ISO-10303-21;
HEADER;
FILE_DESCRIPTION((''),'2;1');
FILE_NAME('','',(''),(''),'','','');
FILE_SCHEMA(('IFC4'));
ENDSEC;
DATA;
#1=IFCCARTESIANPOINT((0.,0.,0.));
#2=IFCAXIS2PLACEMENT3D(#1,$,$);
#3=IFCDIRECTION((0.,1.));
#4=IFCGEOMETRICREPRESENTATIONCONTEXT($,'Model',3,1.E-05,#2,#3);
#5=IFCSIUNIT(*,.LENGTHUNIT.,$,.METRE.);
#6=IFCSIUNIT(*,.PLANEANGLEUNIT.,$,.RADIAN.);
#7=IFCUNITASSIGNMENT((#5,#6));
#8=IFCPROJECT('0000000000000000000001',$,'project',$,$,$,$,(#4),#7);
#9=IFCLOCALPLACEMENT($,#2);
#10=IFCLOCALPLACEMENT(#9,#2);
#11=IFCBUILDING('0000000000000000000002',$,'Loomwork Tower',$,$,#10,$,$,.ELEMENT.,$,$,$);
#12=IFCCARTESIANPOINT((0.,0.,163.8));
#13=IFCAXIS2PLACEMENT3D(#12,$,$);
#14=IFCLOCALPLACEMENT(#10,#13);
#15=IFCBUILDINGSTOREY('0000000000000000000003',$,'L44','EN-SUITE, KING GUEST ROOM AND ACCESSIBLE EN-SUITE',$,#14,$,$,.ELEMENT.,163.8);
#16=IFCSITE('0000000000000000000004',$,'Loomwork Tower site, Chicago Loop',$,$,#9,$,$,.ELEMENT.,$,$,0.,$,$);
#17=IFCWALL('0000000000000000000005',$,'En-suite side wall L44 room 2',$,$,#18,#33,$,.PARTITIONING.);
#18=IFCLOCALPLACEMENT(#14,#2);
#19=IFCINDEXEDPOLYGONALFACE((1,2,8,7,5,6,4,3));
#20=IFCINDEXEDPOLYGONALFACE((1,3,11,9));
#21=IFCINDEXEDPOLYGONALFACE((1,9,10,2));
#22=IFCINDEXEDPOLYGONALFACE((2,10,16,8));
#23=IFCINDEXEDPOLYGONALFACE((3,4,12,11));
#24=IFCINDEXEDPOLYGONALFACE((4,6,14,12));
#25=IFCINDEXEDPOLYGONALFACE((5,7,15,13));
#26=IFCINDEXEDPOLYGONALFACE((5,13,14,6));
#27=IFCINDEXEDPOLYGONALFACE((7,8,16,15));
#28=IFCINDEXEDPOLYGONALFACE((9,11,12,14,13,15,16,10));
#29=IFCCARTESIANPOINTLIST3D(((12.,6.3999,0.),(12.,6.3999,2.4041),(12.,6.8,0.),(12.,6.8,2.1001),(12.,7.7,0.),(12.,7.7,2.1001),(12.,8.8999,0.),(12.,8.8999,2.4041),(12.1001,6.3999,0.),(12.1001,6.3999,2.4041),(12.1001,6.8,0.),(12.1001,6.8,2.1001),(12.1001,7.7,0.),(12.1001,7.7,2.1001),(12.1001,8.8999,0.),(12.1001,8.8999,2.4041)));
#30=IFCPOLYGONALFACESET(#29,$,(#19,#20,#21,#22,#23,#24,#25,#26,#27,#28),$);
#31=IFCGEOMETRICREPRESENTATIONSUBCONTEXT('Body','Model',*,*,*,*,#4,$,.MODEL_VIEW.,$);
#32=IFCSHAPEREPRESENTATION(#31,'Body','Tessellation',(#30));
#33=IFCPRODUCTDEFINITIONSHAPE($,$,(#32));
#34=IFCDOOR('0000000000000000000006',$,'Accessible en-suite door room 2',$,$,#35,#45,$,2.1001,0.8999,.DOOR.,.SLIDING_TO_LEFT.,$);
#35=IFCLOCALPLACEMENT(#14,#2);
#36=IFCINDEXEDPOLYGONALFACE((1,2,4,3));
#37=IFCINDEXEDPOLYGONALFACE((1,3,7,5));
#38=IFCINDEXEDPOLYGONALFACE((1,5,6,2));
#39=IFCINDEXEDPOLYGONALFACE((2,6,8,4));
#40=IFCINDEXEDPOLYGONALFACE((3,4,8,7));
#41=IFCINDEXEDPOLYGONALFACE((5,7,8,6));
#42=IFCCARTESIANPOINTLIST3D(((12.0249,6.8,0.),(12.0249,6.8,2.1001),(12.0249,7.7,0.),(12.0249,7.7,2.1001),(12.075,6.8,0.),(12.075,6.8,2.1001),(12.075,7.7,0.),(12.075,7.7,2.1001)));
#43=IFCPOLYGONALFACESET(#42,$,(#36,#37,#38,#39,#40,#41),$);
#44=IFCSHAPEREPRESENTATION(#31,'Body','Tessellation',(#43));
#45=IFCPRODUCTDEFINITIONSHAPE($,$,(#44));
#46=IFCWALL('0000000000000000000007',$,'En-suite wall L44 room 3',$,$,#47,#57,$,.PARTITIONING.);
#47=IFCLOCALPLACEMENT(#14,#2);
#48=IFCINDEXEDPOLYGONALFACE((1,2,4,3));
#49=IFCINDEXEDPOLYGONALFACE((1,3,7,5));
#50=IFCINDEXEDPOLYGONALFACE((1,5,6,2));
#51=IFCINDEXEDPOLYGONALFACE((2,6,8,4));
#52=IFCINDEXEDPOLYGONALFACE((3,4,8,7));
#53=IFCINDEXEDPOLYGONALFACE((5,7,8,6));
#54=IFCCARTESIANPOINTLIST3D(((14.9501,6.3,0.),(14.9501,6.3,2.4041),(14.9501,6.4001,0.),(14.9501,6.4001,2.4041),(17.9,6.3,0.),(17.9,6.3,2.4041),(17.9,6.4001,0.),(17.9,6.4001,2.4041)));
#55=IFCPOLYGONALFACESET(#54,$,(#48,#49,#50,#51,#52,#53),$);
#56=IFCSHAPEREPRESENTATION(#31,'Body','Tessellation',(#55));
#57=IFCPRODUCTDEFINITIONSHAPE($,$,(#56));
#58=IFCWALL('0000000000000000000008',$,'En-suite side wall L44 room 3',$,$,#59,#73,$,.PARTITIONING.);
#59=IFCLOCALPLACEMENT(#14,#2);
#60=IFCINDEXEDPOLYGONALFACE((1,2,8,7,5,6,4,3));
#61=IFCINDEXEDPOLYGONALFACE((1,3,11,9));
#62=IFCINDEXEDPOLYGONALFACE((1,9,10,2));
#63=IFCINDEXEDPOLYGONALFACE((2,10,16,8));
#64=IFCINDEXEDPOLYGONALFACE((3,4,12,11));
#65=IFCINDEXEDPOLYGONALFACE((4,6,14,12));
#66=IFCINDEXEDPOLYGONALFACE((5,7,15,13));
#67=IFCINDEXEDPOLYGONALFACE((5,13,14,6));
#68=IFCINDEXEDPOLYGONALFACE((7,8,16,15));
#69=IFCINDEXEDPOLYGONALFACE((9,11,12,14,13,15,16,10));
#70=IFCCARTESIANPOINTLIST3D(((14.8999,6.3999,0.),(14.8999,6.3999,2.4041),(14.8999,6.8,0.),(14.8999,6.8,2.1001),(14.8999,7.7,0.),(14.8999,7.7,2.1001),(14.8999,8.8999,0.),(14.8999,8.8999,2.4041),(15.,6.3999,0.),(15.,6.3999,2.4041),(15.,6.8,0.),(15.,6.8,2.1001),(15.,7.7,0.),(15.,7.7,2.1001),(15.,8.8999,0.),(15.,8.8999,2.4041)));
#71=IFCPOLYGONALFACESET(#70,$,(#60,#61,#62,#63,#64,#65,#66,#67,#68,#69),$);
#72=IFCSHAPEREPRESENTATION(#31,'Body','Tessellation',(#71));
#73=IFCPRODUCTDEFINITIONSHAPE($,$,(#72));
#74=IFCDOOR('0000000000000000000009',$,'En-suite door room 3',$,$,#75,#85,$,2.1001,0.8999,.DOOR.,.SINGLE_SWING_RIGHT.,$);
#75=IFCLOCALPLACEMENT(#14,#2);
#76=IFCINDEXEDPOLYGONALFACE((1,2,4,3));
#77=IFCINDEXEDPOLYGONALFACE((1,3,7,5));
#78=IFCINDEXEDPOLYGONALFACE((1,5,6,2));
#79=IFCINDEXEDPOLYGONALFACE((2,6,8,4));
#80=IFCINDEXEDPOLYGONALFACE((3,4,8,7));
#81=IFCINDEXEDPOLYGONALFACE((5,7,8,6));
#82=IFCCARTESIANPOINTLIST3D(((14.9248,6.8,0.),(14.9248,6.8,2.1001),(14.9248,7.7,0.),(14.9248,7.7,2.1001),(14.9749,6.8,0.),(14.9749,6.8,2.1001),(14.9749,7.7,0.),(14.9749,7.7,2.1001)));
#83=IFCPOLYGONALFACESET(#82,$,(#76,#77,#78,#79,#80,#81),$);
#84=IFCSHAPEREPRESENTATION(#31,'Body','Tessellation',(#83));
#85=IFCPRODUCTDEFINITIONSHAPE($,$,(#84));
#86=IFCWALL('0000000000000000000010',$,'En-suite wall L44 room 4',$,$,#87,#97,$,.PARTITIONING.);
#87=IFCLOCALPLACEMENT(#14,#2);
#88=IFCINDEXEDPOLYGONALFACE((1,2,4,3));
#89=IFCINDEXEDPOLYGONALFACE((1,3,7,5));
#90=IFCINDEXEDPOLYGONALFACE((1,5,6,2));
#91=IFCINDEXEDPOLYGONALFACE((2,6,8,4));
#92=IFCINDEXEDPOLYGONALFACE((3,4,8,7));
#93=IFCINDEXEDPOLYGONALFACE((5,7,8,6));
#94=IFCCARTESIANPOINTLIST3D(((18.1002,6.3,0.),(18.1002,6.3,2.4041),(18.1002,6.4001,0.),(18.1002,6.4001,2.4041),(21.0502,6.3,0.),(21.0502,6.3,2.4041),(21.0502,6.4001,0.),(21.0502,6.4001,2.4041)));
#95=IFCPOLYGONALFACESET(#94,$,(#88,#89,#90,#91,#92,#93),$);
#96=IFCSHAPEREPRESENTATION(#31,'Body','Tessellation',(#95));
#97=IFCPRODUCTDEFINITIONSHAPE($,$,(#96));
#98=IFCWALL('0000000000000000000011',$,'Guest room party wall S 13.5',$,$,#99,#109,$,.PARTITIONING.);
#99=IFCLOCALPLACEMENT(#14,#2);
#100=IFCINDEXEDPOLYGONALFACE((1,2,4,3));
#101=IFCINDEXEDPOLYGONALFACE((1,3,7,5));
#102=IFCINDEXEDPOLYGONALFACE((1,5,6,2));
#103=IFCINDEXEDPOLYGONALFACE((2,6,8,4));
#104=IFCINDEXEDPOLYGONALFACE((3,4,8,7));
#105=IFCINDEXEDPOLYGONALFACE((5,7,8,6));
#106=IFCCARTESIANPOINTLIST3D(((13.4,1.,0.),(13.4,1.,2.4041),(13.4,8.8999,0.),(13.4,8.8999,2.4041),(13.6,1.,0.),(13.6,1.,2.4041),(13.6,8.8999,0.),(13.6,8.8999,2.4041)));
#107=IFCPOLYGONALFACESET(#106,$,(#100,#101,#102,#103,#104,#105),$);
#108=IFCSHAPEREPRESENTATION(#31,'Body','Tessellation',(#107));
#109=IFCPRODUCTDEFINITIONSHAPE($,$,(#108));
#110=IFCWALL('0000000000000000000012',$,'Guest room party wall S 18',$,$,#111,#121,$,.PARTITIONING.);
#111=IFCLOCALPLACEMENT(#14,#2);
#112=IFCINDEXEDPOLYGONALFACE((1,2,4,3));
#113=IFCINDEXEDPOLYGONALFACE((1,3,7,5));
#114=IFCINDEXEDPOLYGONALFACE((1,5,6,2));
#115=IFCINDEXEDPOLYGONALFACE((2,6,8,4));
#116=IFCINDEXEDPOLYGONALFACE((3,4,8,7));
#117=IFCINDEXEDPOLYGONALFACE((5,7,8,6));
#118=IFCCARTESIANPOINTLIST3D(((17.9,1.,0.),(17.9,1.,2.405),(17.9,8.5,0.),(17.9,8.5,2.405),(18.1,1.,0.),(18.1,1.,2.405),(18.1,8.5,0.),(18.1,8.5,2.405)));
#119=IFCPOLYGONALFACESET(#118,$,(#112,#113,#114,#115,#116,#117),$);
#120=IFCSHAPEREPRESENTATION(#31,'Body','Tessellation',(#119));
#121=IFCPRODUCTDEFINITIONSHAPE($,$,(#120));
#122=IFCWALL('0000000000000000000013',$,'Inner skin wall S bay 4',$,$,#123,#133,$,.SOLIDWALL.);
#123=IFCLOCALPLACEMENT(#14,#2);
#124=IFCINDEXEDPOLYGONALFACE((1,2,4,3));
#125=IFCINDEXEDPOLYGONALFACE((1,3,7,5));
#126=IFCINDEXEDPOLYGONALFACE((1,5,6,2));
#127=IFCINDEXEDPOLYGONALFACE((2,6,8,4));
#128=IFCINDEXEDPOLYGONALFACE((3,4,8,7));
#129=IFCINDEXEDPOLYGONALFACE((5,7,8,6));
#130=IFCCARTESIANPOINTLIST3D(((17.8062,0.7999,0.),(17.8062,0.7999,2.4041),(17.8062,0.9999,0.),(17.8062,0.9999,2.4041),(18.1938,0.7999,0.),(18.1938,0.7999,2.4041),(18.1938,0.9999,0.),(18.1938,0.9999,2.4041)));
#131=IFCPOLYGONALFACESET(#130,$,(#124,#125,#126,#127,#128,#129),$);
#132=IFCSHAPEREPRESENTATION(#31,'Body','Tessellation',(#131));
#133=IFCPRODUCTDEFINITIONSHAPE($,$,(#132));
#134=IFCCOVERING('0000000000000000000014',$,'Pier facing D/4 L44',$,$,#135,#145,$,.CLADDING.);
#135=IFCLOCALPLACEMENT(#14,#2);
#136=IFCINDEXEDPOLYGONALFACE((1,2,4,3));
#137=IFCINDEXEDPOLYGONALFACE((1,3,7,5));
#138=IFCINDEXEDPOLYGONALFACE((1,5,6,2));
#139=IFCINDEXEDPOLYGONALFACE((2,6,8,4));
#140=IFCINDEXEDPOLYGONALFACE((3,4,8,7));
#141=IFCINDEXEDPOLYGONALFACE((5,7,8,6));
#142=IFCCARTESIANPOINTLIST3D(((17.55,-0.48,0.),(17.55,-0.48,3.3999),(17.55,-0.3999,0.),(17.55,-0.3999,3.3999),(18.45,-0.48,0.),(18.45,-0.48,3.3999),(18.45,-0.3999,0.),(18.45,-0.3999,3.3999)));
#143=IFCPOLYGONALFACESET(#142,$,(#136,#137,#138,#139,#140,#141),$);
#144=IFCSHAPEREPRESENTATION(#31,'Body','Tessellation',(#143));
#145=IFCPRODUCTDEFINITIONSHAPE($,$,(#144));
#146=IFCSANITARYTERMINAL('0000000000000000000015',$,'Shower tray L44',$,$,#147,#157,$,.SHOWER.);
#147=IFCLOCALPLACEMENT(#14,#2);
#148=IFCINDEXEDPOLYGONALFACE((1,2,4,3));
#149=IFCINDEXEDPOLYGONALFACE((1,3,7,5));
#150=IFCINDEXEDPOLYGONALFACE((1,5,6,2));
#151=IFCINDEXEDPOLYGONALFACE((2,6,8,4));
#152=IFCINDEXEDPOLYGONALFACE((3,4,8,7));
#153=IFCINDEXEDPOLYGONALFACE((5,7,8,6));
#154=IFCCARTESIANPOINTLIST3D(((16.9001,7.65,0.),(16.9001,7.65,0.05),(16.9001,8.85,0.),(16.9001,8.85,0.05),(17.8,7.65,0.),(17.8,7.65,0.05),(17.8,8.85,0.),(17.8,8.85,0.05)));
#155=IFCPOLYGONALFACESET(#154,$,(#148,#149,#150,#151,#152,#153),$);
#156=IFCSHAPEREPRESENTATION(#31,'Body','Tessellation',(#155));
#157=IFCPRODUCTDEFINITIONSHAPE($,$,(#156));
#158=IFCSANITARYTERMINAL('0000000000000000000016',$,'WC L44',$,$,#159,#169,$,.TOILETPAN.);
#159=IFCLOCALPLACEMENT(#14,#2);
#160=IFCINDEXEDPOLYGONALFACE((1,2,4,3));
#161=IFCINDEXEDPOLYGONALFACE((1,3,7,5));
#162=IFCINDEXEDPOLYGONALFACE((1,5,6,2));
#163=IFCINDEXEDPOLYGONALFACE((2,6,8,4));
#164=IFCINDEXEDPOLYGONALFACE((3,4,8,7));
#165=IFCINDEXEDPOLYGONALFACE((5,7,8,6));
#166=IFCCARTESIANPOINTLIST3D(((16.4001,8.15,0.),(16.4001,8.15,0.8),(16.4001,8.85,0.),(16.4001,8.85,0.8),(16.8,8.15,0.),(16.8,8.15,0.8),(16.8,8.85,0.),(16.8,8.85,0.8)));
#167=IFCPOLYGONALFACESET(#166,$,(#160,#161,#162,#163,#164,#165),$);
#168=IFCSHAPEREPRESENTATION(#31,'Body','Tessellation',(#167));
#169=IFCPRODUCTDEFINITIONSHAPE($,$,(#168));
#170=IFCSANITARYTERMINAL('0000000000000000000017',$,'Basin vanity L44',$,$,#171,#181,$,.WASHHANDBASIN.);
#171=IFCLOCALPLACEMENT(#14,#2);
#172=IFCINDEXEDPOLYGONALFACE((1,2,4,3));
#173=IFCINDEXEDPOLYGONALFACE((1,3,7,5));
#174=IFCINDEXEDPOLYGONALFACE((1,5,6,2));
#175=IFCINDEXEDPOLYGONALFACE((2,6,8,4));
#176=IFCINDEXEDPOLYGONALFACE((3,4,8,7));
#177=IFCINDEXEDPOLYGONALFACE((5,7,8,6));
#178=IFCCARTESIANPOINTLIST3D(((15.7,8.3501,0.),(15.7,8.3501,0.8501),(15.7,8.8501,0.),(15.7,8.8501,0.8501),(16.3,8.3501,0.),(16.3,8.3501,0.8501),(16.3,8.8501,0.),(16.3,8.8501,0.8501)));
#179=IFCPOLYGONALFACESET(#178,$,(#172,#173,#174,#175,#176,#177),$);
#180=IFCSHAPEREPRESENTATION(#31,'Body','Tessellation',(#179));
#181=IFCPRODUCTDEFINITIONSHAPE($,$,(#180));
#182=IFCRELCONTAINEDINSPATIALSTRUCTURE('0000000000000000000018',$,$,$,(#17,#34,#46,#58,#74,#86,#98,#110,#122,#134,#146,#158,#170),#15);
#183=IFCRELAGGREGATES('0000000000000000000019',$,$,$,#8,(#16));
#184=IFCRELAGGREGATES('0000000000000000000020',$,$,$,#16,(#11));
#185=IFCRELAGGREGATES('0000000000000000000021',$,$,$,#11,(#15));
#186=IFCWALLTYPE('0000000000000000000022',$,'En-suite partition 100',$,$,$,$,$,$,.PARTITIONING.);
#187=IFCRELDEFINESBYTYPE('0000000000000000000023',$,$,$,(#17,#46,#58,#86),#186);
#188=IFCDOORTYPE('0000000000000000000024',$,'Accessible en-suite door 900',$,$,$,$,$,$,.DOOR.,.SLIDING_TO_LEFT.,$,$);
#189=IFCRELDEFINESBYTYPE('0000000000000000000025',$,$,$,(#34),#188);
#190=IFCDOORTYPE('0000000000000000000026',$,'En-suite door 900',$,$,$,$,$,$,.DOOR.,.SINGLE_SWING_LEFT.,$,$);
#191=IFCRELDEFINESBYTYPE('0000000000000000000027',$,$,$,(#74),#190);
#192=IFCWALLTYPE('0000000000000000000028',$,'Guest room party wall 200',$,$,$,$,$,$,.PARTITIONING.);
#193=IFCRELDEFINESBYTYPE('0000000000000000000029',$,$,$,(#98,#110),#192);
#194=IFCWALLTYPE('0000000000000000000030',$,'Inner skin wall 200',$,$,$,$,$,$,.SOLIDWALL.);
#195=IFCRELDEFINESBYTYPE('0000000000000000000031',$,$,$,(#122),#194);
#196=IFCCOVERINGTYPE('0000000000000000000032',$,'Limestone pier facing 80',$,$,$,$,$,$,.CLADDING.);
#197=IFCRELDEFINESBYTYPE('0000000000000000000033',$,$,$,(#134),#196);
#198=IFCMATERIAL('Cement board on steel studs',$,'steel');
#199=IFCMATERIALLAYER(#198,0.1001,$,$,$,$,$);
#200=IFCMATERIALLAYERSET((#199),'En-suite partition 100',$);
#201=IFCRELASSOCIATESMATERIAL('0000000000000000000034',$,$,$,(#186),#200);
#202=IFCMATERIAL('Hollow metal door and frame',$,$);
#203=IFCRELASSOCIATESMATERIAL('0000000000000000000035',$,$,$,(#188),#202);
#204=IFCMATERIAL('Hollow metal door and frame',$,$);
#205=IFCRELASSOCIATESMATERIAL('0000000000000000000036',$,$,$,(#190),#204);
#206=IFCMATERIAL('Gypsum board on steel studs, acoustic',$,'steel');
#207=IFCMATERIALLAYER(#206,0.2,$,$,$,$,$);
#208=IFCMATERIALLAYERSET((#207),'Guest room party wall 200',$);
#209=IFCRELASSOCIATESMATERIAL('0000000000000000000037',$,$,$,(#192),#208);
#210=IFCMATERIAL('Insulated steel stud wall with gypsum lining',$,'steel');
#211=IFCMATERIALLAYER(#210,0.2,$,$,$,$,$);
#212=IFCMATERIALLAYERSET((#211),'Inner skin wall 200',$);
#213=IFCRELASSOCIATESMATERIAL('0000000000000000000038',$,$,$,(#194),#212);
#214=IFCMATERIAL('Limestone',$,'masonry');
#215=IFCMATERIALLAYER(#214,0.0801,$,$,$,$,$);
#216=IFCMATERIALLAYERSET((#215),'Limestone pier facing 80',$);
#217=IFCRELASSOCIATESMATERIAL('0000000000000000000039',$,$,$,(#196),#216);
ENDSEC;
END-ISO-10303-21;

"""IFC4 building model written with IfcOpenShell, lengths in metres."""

from ifc_helpers import new_model, si_unit, direction, frame, frame_2d, origin, origin_2d, place, context, subcontext, project, spatial, rectangle, extrude, material, layer, layer_set, type_object, element, fill, save


model = new_model("IFC4")

# Units and contexts
model_context = context("Model", 3, precision=1e-05, world=origin(), true_north=direction((0.0, 1.0)))
body_context = subcontext(model_context, "Body", "Model", "MODEL_VIEW")
ifc_project = project(units=[si_unit("LENGTHUNIT", "METRE"), si_unit("PLANEANGLEUNIT", "RADIAN")], contexts=[model_context])

# Site, building, storey
site_placement = place(None, origin())
site = spatial("IfcSite", under=ifc_project, at=site_placement, Name="Loomwork Tower site, Chicago Loop", CompositionType="ELEMENT", RefElevation=0.0)
building_placement = place(site_placement, origin())
building = spatial("IfcBuilding", under=site, at=building_placement, Name="Loomwork Tower", CompositionType="ELEMENT")
storey_placement = place(building_placement, frame((0.0, 0.0, 163.8)))
storey = spatial("IfcBuildingStorey", under=building, at=storey_placement, Name="L44", Description="EN-SUITE, KING GUEST ROOM AND ACCESSIBLE EN-SUITE", CompositionType="ELEMENT", Elevation=163.8)

# Wall, opening, door
ifc_material_1 = material(Name="Cement board on steel studs", Category="steel")
ifc_layer_1 = layer(ifc_material_1, 0.1001)
ifc_layer_set_1 = layer_set([ifc_layer_1], Name="En-suite partition 100")
wall_type_1 = type_object("IfcWallType", Name="En-suite partition 100", PredefinedType="PARTITIONING", material=ifc_layer_set_1)
wall_1_placement = place(storey_placement, frame((12.05, 8.8999, 0.0), z_axis=(0.0, 0.0, 1.0), x_axis=(0.0, -1.0, 0.0)))
wall_1 = element("IfcWall", 1, at=wall_1_placement, inside=storey, type_object=wall_type_1, Name="En-suite side wall L44 room 2", PredefinedType="PARTITIONING", context=body_context, shape_type="SweptSolid", body=[
    extrude(rectangle(XDim=2.5, YDim=0.1001, at=frame_2d((1.25, 0.0))), origin(), (0.0, 0.0, 1.0), 2.4041),
])
opening_1_placement = place(wall_1_placement, frame((1.2, 0.0, 0.0)))
opening_1 = element("IfcOpeningElement", 2, at=opening_1_placement, cuts=wall_1, PredefinedType="OPENING", context=body_context, shape_type="SweptSolid", body=[
    extrude(rectangle(XDim=0.8999, YDim=2.1001, at=frame_2d((0.45, 1.05))), frame((0.0, 0.0601, 0.0), z_axis=(0.0, -1.0, 0.0), x_axis=(1.0, 0.0, 0.0)), (0.0, 0.0, 1.0), 0.1201),
])
ifc_material_2 = material(Name="Hollow metal door and frame")
door_type_1 = type_object("IfcDoorType", Name="Accessible en-suite door 900", OperationType="SLIDING_TO_LEFT", PredefinedType="DOOR", material=ifc_material_2)
door_1_placement = place(opening_1_placement, origin())
door_1 = element("IfcDoor", 3, at=door_1_placement, inside=storey, type_object=door_type_1, Name="Accessible en-suite door room 2", OperationType="SLIDING_TO_LEFT", OverallHeight=2.1001, OverallWidth=0.8999, PredefinedType="DOOR", context=body_context, shape_type="SweptSolid", body=[
    extrude(rectangle(XDim=0.8999, YDim=2.1001, at=frame_2d((0.45, 1.05))), frame((0.0, 0.0249, 0.0), z_axis=(0.0, -1.0, 0.0), x_axis=(1.0, 0.0, 0.0)), (0.0, 0.0, 1.0), 0.05),
])
fill(opening_1, door_1)

# Wall
wall_2_placement = place(storey_placement, frame((14.95, 6.3501, 0.0), z_axis=(0.0, 0.0, 1.0), x_axis=(1.0, 0.0, 0.0)))
element("IfcWall", 4, at=wall_2_placement, inside=storey, type_object=wall_type_1, Name="En-suite wall L44 room 3", PredefinedType="PARTITIONING", context=body_context, shape_type="SweptSolid", body=[
    extrude(rectangle(XDim=2.95, YDim=0.1001, at=frame_2d((1.4751, 0.0))), origin(), (0.0, 0.0, 1.0), 2.4041),
])

# Wall, opening, door
wall_3_placement = place(storey_placement, frame((14.95, 8.8999, 0.0), z_axis=(0.0, 0.0, 1.0), x_axis=(0.0, -1.0, 0.0)))
wall_3 = element("IfcWall", 5, at=wall_3_placement, inside=storey, type_object=wall_type_1, Name="En-suite side wall L44 room 3", PredefinedType="PARTITIONING", context=body_context, shape_type="SweptSolid", body=[
    extrude(rectangle(XDim=2.5, YDim=0.1001, at=frame_2d((1.25, 0.0))), origin(), (0.0, 0.0, 1.0), 2.4041),
])
opening_2_placement = place(wall_3_placement, frame((1.2, 0.0, 0.0)))
opening_2 = element("IfcOpeningElement", 6, at=opening_2_placement, cuts=wall_3, PredefinedType="OPENING", context=body_context, shape_type="SweptSolid", body=[
    extrude(rectangle(XDim=0.8999, YDim=2.1001, at=frame_2d((0.45, 1.05))), frame((0.0, 0.0601, 0.0), z_axis=(0.0, -1.0, 0.0), x_axis=(1.0, 0.0, 0.0)), (0.0, 0.0, 1.0), 0.1201),
])
ifc_material_3 = material(Name="Hollow metal door and frame")
door_type_2 = type_object("IfcDoorType", Name="En-suite door 900", OperationType="SINGLE_SWING_LEFT", PredefinedType="DOOR", material=ifc_material_3)
door_2_placement = place(opening_2_placement, origin())
door_2 = element("IfcDoor", 7, at=door_2_placement, inside=storey, type_object=door_type_2, Name="En-suite door room 3", OperationType="SINGLE_SWING_RIGHT", OverallHeight=2.1001, OverallWidth=0.8999, PredefinedType="DOOR", context=body_context, shape_type="SweptSolid", body=[
    extrude(rectangle(XDim=0.8999, YDim=2.1001, at=frame_2d((0.45, 1.05))), frame((0.0, 0.0249, 0.0), z_axis=(0.0, -1.0, 0.0), x_axis=(1.0, 0.0, 0.0)), (0.0, 0.0, 1.0), 0.05),
])
fill(opening_2, door_2)

# Walls
wall_4_placement = place(storey_placement, frame((18.1001, 6.3501, 0.0), z_axis=(0.0, 0.0, 1.0), x_axis=(1.0, 0.0, 0.0)))
element("IfcWall", 8, at=wall_4_placement, inside=storey, type_object=wall_type_1, Name="En-suite wall L44 room 4", PredefinedType="PARTITIONING", context=body_context, shape_type="SweptSolid", body=[
    extrude(rectangle(XDim=2.95, YDim=0.1001, at=frame_2d((1.4751, 0.0))), origin(), (0.0, 0.0, 1.0), 2.4041),
])
ifc_material_4 = material(Name="Gypsum board on steel studs, acoustic", Category="steel")
ifc_layer_2 = layer(ifc_material_4, 0.2)
ifc_layer_set_2 = layer_set([ifc_layer_2], Name="Guest room party wall 200")
wall_type_2 = type_object("IfcWallType", Name="Guest room party wall 200", PredefinedType="PARTITIONING", material=ifc_layer_set_2)
wall_5_placement = place(storey_placement, frame((13.5, 8.8999, 0.0), z_axis=(0.0, 0.0, 1.0), x_axis=(0.0, -1.0, 0.0)))
element("IfcWall", 9, at=wall_5_placement, inside=storey, type_object=wall_type_2, Name="Guest room party wall S 13.5", PredefinedType="PARTITIONING", context=body_context, shape_type="SweptSolid", body=[
    extrude(rectangle(XDim=7.8999, YDim=0.2, at=frame_2d((3.95, 0.0))), origin(), (0.0, 0.0, 1.0), 2.4041),
])
wall_6_placement = place(storey_placement, frame((18.0, 8.5, 0.0), z_axis=(0.0, 0.0, 1.0), x_axis=(0.0, -1.0, 0.0)))
element("IfcWall", 10, at=wall_6_placement, inside=storey, type_object=wall_type_2, Name="Guest room party wall S 18", PredefinedType="PARTITIONING", context=body_context, shape_type="SweptSolid", body=[
    extrude(rectangle(XDim=7.5, YDim=0.2, at=frame_2d((3.75, 0.0))), origin(), (0.0, 0.0, 1.0), 2.405),
])
ifc_material_5 = material(Name="Insulated steel stud wall with gypsum lining", Category="steel")
ifc_layer_3 = layer(ifc_material_5, 0.2)
ifc_layer_set_3 = layer_set([ifc_layer_3], Name="Inner skin wall 200")
wall_type_3 = type_object("IfcWallType", Name="Inner skin wall 200", PredefinedType="SOLIDWALL", material=ifc_layer_set_3)
wall_7_placement = place(storey_placement, frame((17.8062, 0.8999, 0.0), z_axis=(0.0, 0.0, 1.0), x_axis=(1.0, 0.0, 0.0)))
element("IfcWall", 11, at=wall_7_placement, inside=storey, type_object=wall_type_3, Name="Inner skin wall S bay 4", PredefinedType="SOLIDWALL", context=body_context, shape_type="SweptSolid", body=[
    extrude(rectangle(XDim=0.3877, YDim=0.2, at=frame_2d((0.1938, 0.0))), origin(), (0.0, 0.0, 1.0), 2.4041),
])

# Covering
ifc_material_6 = material(Name="Limestone", Category="masonry")
ifc_layer_4 = layer(ifc_material_6, 0.0801)
ifc_layer_set_4 = layer_set([ifc_layer_4], Name="Limestone pier facing 80")
covering_type = type_object("IfcCoveringType", Name="Limestone pier facing 80", PredefinedType="CLADDING", material=ifc_layer_set_4)
covering_placement = place(storey_placement, frame((18.0, -0.4399, 0.0), z_axis=(0.0, 0.0, 1.0), x_axis=(1.0, 0.0, 0.0)))
element("IfcCovering", 12, at=covering_placement, inside=storey, type_object=covering_type, Name="Pier facing D/4 L44", PredefinedType="CLADDING", context=body_context, shape_type="SweptSolid", body=[
    extrude(rectangle(XDim=0.8999, YDim=0.0801, at=origin_2d()), origin(), (0.0, 0.0, 1.0), 3.3999),
])

# Sanitary terminals
sanitary_terminal_1_placement = place(storey_placement, frame((17.3501, 8.25, 0.0), z_axis=(0.0, 0.0, 1.0), x_axis=(1.0, 0.0, 0.0)))
element("IfcSanitaryTerminal", 13, at=sanitary_terminal_1_placement, inside=storey, Name="Shower tray L44", PredefinedType="SHOWER", context=body_context, shape_type="SweptSolid", body=[
    extrude(rectangle(XDim=0.8999, YDim=1.2, at=origin_2d()), origin(), (0.0, 0.0, 1.0), 0.05),
])
sanitary_terminal_2_placement = place(storey_placement, frame((16.6001, 8.5, 0.0), z_axis=(0.0, 0.0, 1.0), x_axis=(1.0, 0.0, 0.0)))
element("IfcSanitaryTerminal", 14, at=sanitary_terminal_2_placement, inside=storey, Name="WC L44", PredefinedType="TOILETPAN", context=body_context, shape_type="SweptSolid", body=[
    extrude(rectangle(XDim=0.3999, YDim=0.7, at=origin_2d()), origin(), (0.0, 0.0, 1.0), 0.8),
])
sanitary_terminal_3_placement = place(storey_placement, frame((16.0, 8.6001, 0.0), z_axis=(0.0, 0.0, 1.0), x_axis=(1.0, 0.0, 0.0)))
element("IfcSanitaryTerminal", 15, at=sanitary_terminal_3_placement, inside=storey, Name="Basin vanity L44", PredefinedType="WASHHANDBASIN", context=body_context, shape_type="SweptSolid", body=[
    extrude(rectangle(XDim=0.6001, YDim=0.5, at=origin_2d()), origin(), (0.0, 0.0, 1.0), 0.8501),
])

save(model, "model.ifc")
